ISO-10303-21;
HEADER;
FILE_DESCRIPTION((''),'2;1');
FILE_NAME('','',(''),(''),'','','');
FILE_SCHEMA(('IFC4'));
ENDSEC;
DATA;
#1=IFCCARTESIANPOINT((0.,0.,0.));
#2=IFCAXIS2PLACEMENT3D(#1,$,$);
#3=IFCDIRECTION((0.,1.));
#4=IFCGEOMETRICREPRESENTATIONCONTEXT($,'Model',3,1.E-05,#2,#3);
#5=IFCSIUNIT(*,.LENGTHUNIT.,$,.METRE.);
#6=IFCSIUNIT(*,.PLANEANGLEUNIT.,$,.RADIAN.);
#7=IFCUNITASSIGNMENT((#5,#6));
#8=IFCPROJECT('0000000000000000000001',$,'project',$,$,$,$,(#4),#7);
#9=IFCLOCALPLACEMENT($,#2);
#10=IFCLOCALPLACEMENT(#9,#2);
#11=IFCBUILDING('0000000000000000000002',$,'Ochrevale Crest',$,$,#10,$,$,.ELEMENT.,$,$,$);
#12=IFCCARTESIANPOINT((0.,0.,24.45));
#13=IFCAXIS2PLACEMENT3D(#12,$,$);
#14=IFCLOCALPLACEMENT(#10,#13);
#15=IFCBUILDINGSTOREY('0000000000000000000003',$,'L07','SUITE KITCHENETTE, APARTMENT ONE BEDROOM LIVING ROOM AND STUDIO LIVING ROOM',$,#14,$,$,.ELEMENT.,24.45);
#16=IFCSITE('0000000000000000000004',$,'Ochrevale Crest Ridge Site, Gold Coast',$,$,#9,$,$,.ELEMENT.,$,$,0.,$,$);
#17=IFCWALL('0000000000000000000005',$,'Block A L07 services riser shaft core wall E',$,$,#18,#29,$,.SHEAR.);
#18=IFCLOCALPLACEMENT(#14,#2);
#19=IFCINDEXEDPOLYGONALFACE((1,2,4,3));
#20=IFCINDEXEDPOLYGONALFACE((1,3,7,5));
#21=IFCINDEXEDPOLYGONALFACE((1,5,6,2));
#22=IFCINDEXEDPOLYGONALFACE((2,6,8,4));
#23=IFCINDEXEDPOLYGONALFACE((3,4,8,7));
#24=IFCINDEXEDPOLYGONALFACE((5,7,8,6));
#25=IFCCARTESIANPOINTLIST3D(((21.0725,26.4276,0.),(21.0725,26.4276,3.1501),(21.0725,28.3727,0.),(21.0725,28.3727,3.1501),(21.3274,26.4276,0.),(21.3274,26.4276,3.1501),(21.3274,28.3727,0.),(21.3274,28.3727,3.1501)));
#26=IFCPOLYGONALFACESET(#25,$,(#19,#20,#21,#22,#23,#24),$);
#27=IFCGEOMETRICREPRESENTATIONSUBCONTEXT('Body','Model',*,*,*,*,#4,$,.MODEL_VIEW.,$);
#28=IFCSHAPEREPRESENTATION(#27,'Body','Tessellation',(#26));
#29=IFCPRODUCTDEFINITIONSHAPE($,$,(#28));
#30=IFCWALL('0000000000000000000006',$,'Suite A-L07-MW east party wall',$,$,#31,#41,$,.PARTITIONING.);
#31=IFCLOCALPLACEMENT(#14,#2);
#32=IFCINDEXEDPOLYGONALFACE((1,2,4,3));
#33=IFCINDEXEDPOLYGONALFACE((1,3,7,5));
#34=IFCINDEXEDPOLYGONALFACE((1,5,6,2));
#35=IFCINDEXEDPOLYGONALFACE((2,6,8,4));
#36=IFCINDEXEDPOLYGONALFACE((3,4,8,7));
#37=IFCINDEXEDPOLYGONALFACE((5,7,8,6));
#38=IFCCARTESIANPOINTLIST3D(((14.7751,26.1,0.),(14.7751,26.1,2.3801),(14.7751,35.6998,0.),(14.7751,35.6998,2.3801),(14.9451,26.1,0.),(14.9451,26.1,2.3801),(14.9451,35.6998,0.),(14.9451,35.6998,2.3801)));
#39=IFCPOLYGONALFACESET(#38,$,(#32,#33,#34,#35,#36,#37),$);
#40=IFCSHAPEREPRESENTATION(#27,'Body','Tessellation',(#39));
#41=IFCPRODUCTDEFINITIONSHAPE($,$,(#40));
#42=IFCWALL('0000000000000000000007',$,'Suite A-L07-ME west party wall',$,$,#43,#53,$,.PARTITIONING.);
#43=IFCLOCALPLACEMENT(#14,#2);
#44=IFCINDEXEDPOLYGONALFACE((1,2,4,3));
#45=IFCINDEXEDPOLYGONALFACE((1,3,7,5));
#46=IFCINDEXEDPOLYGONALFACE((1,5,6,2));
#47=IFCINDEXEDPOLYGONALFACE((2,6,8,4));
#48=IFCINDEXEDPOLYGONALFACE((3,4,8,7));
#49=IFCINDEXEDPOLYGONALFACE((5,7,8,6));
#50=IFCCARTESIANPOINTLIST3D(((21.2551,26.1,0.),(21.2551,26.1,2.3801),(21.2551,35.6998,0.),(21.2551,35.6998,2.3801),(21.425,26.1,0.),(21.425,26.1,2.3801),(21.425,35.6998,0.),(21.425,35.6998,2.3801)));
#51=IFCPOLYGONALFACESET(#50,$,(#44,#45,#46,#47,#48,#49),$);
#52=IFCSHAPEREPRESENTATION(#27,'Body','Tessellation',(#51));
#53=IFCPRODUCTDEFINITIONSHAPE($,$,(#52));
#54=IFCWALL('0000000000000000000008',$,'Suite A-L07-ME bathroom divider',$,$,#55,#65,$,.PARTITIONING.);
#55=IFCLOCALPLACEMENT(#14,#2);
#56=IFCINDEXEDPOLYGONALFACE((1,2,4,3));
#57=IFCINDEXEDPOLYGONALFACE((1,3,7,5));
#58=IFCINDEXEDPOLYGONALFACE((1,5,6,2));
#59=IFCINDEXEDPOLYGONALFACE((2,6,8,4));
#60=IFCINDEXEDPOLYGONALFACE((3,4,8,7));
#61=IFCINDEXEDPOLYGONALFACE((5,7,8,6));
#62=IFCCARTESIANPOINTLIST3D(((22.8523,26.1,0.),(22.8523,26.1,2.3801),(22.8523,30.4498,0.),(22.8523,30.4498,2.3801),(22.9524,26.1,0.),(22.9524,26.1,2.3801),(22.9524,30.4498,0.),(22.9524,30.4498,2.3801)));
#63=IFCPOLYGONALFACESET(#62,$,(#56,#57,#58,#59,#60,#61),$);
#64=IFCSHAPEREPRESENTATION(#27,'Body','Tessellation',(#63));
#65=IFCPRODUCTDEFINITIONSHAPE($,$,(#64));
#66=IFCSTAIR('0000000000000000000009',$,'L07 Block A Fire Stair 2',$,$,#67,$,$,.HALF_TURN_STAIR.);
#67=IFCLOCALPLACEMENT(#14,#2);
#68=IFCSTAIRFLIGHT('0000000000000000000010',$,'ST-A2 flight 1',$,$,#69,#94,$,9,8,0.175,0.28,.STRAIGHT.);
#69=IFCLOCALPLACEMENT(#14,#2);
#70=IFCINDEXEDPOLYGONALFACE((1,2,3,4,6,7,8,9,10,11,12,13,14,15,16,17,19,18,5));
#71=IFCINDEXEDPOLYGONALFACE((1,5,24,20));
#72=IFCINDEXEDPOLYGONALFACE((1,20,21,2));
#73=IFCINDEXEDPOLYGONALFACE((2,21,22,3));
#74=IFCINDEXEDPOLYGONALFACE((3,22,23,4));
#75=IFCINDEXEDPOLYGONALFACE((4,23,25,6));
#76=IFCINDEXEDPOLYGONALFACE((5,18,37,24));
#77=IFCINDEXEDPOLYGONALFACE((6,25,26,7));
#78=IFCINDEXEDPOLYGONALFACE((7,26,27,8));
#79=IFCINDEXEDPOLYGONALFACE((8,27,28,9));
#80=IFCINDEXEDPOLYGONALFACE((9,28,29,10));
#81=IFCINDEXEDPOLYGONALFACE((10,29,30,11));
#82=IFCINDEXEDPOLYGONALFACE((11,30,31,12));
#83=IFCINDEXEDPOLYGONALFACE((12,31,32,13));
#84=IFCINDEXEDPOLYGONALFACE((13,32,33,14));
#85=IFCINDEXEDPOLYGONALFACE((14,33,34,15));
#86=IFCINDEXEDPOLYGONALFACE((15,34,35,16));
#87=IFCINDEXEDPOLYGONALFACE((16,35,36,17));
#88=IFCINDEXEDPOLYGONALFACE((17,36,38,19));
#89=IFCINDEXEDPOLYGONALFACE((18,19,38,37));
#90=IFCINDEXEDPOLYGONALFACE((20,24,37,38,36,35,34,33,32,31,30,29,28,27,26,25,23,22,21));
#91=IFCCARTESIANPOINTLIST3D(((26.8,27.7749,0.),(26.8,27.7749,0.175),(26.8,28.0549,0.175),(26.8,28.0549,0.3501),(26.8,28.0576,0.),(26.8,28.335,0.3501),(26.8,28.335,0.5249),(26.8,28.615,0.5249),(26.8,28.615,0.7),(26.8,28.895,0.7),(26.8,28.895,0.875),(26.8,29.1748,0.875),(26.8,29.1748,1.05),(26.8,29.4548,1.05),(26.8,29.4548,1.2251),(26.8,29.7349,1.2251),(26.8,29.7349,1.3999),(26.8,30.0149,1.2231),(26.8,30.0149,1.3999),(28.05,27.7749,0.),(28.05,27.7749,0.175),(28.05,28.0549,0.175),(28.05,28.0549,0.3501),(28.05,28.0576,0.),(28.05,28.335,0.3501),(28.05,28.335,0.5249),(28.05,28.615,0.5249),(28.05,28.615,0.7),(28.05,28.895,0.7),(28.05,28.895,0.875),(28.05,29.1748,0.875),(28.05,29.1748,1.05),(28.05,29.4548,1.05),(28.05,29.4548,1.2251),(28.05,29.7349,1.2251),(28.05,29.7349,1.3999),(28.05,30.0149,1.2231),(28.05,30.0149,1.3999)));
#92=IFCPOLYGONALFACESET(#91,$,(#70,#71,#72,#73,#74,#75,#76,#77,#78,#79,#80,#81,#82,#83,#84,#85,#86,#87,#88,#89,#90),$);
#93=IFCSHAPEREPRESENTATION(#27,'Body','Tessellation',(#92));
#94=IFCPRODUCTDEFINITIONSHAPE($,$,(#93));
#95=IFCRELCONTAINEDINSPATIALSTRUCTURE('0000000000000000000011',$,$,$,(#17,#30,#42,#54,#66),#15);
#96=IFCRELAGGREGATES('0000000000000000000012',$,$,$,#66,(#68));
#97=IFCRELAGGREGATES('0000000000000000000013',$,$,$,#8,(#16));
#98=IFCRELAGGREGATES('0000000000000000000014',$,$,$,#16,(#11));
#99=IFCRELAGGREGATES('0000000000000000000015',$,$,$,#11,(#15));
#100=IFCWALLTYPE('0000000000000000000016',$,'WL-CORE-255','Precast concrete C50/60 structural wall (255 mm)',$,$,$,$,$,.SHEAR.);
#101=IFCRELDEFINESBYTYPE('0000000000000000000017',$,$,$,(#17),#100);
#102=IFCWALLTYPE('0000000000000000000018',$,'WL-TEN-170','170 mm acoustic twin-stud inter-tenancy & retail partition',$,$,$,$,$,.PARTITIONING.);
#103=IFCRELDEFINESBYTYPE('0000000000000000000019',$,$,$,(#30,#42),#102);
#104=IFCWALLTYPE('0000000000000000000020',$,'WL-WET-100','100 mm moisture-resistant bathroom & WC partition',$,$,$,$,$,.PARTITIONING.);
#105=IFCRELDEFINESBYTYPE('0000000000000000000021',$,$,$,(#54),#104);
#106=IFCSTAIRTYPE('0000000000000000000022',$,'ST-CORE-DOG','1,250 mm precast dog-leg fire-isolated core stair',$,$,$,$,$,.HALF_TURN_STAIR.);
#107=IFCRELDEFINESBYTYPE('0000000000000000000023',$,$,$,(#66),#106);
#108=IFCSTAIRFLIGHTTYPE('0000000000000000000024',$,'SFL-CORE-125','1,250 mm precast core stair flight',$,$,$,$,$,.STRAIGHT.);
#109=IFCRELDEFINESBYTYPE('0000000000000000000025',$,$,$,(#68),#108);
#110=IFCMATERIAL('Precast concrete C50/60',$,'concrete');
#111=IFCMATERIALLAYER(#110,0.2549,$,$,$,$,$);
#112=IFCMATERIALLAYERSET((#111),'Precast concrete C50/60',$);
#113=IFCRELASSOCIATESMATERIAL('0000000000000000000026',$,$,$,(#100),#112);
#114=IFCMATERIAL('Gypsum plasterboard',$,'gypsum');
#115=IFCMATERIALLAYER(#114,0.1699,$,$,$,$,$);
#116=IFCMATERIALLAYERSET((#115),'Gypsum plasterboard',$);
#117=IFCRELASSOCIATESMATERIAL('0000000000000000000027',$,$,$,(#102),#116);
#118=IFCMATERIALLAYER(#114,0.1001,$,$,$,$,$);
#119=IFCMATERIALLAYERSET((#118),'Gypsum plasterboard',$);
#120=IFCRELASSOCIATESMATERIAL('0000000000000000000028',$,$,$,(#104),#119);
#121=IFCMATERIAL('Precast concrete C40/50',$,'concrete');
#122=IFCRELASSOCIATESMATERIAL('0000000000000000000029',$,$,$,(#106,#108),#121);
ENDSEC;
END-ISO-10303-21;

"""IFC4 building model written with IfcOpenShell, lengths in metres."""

from ifc_helpers import new_model, si_unit, direction, frame, frame_2d, origin, place, context, subcontext, project, spatial, polyline, rectangle, outline, extrude, material, layer, layer_set, type_object, element, aggregate, save


model = new_model("IFC4")

# Units and contexts
model_context = context("Model", 3, precision=1e-05, world=origin(), true_north=direction((0.0, 1.0)))
body_context = subcontext(model_context, "Body", "Model", "MODEL_VIEW")
ifc_project = project(units=[si_unit("LENGTHUNIT", "METRE"), si_unit("PLANEANGLEUNIT", "RADIAN")], contexts=[model_context])

# Site, building, storey
site_placement = place(None, origin())
site = spatial("IfcSite", under=ifc_project, at=site_placement, Name="Ochrevale Crest Ridge Site, Gold Coast", CompositionType="ELEMENT", RefElevation=0.0)
building_placement = place(site_placement, origin())
building = spatial("IfcBuilding", under=site, at=building_placement, Name="Ochrevale Crest", CompositionType="ELEMENT")
storey_placement = place(building_placement, frame((0.0, 0.0, 24.45)))
storey = spatial("IfcBuildingStorey", under=building, at=storey_placement, Name="L07", Description="SUITE KITCHENETTE, APARTMENT ONE BEDROOM LIVING ROOM AND STUDIO LIVING ROOM", CompositionType="ELEMENT", Elevation=24.45)

# Shared definitions
ifc_material_1 = material(Name="Precast concrete C50/60", Category="concrete")

# Shared definitions
ifc_material_2 = material(Name="Gypsum plasterboard", Category="gypsum")
ifc_layer_1 = layer(ifc_material_1, 0.2549)
ifc_layer_set_1 = layer_set([ifc_layer_1], Name="Precast concrete C50/60")
wall_type_1 = type_object("IfcWallType", Name="WL-CORE-255", Description="Precast concrete C50/60 structural wall (255 mm)", PredefinedType="SHEAR", material=ifc_layer_set_1)

# Walls
wall_1_placement = place(storey_placement, frame((21.2, 26.4275, 0.0), z_axis=(0.0, 0.0, 1.0), x_axis=(0.0, 1.0, 0.0)))
element("IfcWall", 1, at=wall_1_placement, inside=storey, type_object=wall_type_1, Name="Block A L07 services riser shaft core wall E", PredefinedType="SHEAR", context=body_context, shape_type="SweptSolid", body=[
    extrude(rectangle(XDim=1.9451, YDim=0.2549, at=frame_2d((0.9727, 0.0))), origin(), (0.0, 0.0, 1.0), 3.1501),
])
ifc_layer_2 = layer(ifc_material_2, 0.1699)
ifc_layer_set_2 = layer_set([ifc_layer_2], Name="Gypsum plasterboard")
wall_type_2 = type_object("IfcWallType", Name="WL-TEN-170", Description="170 mm acoustic twin-stud inter-tenancy & retail partition", PredefinedType="PARTITIONING", material=ifc_layer_set_2)
for number, where, z_axis, x_axis, name in (
    (2, (14.8601, 26.1001, 0.0), (0.0, 0.0, 1.0), (0.0, 1.0, 0.0), "Suite A-L07-MW east party wall"),
    (3, (21.3401, 26.1001, 0.0), (0.0, 0.0, 1.0), (0.0, 1.0, 0.0), "Suite A-L07-ME west party wall"),
):
    element("IfcWall", number, at=place(storey_placement, frame(where, z_axis=z_axis, x_axis=x_axis)), inside=storey, type_object=wall_type_2, Name=name, PredefinedType="PARTITIONING", context=body_context, shape_type="SweptSolid", body=[
        extrude(rectangle(XDim=9.5999, YDim=0.1699, at=frame_2d((4.7998, 0.0))), origin(), (0.0, 0.0, 1.0), 2.3801),
    ])
ifc_layer_3 = layer(ifc_material_2, 0.1001)
ifc_layer_set_3 = layer_set([ifc_layer_3], Name="Gypsum plasterboard")
wall_type_3 = type_object("IfcWallType", Name="WL-WET-100", Description="100 mm moisture-resistant bathroom & WC partition", PredefinedType="PARTITIONING", material=ifc_layer_set_3)
wall_2_placement = place(storey_placement, frame((22.9023, 26.1001, 0.0), z_axis=(0.0, 0.0, 1.0), x_axis=(0.0, 1.0, 0.0)))
element("IfcWall", 4, at=wall_2_placement, inside=storey, type_object=wall_type_3, Name="Suite A-L07-ME bathroom divider", PredefinedType="PARTITIONING", context=body_context, shape_type="SweptSolid", body=[
    extrude(rectangle(XDim=4.3499, YDim=0.1001, at=frame_2d((2.1748, 0.0))), origin(), (0.0, 0.0, 1.0), 2.3801),
])

# Stair, stair flight
ifc_material_3 = material(Name="Precast concrete C40/50", Category="concrete")
stair_type = type_object("IfcStairType", Name="ST-CORE-DOG", Description="1,250 mm precast dog-leg fire-isolated core stair", PredefinedType="HALF_TURN_STAIR", material=ifc_material_3)
stair_placement = place(storey_placement, origin())
stair = element("IfcStair", 5, at=stair_placement, inside=storey, type_object=stair_type, Name="L07 Block A Fire Stair 2", PredefinedType="HALF_TURN_STAIR")
stair_flight_type = type_object("IfcStairFlightType", Name="SFL-CORE-125", Description="1,250 mm precast core stair flight", PredefinedType="STRAIGHT", material=ifc_material_3)
stair_flight_placement = place(storey_placement, frame((27.425, 27.7749, 0.0), z_axis=(0.0, 0.0, 1.0), x_axis=(0.0, 1.0, 0.0)))
stair_flight = element("IfcStairFlight", 6, at=stair_flight_placement, type_object=stair_flight_type, Name="ST-A2 flight 1", NumberOfRisers=9, NumberOfTreads=8, PredefinedType="STRAIGHT", RiserHeight=0.175, TreadLength=0.28, context=body_context, shape_type="SweptSolid", body=[
    extrude(outline(polyline([(0.0, 0.0), (0.0, 0.175), (0.28, 0.175), (0.28, 0.3501), (0.5601, 0.3501), (0.5601, 0.5249), (0.8401, 0.5249), (0.8401, 0.7), (1.1201, 0.7), (1.1201, 0.875), (1.3999, 0.875), (1.3999, 1.05), (1.6799, 1.05), (1.6799, 1.2251), (1.96, 1.2251), (1.96, 1.3999), (2.24, 1.3999), (2.24, 1.575), (2.24, 1.2231), (0.2827, 0.0), (0.0, 0.0)])), frame((0.0, 0.625, 0.0), z_axis=(0.0, -1.0, 0.0), x_axis=(1.0, 0.0, 0.0)), (0.0, 0.0, 1.0), 1.25),
])
aggregate(stair, [stair_flight])

save(model, "model.ifc")
